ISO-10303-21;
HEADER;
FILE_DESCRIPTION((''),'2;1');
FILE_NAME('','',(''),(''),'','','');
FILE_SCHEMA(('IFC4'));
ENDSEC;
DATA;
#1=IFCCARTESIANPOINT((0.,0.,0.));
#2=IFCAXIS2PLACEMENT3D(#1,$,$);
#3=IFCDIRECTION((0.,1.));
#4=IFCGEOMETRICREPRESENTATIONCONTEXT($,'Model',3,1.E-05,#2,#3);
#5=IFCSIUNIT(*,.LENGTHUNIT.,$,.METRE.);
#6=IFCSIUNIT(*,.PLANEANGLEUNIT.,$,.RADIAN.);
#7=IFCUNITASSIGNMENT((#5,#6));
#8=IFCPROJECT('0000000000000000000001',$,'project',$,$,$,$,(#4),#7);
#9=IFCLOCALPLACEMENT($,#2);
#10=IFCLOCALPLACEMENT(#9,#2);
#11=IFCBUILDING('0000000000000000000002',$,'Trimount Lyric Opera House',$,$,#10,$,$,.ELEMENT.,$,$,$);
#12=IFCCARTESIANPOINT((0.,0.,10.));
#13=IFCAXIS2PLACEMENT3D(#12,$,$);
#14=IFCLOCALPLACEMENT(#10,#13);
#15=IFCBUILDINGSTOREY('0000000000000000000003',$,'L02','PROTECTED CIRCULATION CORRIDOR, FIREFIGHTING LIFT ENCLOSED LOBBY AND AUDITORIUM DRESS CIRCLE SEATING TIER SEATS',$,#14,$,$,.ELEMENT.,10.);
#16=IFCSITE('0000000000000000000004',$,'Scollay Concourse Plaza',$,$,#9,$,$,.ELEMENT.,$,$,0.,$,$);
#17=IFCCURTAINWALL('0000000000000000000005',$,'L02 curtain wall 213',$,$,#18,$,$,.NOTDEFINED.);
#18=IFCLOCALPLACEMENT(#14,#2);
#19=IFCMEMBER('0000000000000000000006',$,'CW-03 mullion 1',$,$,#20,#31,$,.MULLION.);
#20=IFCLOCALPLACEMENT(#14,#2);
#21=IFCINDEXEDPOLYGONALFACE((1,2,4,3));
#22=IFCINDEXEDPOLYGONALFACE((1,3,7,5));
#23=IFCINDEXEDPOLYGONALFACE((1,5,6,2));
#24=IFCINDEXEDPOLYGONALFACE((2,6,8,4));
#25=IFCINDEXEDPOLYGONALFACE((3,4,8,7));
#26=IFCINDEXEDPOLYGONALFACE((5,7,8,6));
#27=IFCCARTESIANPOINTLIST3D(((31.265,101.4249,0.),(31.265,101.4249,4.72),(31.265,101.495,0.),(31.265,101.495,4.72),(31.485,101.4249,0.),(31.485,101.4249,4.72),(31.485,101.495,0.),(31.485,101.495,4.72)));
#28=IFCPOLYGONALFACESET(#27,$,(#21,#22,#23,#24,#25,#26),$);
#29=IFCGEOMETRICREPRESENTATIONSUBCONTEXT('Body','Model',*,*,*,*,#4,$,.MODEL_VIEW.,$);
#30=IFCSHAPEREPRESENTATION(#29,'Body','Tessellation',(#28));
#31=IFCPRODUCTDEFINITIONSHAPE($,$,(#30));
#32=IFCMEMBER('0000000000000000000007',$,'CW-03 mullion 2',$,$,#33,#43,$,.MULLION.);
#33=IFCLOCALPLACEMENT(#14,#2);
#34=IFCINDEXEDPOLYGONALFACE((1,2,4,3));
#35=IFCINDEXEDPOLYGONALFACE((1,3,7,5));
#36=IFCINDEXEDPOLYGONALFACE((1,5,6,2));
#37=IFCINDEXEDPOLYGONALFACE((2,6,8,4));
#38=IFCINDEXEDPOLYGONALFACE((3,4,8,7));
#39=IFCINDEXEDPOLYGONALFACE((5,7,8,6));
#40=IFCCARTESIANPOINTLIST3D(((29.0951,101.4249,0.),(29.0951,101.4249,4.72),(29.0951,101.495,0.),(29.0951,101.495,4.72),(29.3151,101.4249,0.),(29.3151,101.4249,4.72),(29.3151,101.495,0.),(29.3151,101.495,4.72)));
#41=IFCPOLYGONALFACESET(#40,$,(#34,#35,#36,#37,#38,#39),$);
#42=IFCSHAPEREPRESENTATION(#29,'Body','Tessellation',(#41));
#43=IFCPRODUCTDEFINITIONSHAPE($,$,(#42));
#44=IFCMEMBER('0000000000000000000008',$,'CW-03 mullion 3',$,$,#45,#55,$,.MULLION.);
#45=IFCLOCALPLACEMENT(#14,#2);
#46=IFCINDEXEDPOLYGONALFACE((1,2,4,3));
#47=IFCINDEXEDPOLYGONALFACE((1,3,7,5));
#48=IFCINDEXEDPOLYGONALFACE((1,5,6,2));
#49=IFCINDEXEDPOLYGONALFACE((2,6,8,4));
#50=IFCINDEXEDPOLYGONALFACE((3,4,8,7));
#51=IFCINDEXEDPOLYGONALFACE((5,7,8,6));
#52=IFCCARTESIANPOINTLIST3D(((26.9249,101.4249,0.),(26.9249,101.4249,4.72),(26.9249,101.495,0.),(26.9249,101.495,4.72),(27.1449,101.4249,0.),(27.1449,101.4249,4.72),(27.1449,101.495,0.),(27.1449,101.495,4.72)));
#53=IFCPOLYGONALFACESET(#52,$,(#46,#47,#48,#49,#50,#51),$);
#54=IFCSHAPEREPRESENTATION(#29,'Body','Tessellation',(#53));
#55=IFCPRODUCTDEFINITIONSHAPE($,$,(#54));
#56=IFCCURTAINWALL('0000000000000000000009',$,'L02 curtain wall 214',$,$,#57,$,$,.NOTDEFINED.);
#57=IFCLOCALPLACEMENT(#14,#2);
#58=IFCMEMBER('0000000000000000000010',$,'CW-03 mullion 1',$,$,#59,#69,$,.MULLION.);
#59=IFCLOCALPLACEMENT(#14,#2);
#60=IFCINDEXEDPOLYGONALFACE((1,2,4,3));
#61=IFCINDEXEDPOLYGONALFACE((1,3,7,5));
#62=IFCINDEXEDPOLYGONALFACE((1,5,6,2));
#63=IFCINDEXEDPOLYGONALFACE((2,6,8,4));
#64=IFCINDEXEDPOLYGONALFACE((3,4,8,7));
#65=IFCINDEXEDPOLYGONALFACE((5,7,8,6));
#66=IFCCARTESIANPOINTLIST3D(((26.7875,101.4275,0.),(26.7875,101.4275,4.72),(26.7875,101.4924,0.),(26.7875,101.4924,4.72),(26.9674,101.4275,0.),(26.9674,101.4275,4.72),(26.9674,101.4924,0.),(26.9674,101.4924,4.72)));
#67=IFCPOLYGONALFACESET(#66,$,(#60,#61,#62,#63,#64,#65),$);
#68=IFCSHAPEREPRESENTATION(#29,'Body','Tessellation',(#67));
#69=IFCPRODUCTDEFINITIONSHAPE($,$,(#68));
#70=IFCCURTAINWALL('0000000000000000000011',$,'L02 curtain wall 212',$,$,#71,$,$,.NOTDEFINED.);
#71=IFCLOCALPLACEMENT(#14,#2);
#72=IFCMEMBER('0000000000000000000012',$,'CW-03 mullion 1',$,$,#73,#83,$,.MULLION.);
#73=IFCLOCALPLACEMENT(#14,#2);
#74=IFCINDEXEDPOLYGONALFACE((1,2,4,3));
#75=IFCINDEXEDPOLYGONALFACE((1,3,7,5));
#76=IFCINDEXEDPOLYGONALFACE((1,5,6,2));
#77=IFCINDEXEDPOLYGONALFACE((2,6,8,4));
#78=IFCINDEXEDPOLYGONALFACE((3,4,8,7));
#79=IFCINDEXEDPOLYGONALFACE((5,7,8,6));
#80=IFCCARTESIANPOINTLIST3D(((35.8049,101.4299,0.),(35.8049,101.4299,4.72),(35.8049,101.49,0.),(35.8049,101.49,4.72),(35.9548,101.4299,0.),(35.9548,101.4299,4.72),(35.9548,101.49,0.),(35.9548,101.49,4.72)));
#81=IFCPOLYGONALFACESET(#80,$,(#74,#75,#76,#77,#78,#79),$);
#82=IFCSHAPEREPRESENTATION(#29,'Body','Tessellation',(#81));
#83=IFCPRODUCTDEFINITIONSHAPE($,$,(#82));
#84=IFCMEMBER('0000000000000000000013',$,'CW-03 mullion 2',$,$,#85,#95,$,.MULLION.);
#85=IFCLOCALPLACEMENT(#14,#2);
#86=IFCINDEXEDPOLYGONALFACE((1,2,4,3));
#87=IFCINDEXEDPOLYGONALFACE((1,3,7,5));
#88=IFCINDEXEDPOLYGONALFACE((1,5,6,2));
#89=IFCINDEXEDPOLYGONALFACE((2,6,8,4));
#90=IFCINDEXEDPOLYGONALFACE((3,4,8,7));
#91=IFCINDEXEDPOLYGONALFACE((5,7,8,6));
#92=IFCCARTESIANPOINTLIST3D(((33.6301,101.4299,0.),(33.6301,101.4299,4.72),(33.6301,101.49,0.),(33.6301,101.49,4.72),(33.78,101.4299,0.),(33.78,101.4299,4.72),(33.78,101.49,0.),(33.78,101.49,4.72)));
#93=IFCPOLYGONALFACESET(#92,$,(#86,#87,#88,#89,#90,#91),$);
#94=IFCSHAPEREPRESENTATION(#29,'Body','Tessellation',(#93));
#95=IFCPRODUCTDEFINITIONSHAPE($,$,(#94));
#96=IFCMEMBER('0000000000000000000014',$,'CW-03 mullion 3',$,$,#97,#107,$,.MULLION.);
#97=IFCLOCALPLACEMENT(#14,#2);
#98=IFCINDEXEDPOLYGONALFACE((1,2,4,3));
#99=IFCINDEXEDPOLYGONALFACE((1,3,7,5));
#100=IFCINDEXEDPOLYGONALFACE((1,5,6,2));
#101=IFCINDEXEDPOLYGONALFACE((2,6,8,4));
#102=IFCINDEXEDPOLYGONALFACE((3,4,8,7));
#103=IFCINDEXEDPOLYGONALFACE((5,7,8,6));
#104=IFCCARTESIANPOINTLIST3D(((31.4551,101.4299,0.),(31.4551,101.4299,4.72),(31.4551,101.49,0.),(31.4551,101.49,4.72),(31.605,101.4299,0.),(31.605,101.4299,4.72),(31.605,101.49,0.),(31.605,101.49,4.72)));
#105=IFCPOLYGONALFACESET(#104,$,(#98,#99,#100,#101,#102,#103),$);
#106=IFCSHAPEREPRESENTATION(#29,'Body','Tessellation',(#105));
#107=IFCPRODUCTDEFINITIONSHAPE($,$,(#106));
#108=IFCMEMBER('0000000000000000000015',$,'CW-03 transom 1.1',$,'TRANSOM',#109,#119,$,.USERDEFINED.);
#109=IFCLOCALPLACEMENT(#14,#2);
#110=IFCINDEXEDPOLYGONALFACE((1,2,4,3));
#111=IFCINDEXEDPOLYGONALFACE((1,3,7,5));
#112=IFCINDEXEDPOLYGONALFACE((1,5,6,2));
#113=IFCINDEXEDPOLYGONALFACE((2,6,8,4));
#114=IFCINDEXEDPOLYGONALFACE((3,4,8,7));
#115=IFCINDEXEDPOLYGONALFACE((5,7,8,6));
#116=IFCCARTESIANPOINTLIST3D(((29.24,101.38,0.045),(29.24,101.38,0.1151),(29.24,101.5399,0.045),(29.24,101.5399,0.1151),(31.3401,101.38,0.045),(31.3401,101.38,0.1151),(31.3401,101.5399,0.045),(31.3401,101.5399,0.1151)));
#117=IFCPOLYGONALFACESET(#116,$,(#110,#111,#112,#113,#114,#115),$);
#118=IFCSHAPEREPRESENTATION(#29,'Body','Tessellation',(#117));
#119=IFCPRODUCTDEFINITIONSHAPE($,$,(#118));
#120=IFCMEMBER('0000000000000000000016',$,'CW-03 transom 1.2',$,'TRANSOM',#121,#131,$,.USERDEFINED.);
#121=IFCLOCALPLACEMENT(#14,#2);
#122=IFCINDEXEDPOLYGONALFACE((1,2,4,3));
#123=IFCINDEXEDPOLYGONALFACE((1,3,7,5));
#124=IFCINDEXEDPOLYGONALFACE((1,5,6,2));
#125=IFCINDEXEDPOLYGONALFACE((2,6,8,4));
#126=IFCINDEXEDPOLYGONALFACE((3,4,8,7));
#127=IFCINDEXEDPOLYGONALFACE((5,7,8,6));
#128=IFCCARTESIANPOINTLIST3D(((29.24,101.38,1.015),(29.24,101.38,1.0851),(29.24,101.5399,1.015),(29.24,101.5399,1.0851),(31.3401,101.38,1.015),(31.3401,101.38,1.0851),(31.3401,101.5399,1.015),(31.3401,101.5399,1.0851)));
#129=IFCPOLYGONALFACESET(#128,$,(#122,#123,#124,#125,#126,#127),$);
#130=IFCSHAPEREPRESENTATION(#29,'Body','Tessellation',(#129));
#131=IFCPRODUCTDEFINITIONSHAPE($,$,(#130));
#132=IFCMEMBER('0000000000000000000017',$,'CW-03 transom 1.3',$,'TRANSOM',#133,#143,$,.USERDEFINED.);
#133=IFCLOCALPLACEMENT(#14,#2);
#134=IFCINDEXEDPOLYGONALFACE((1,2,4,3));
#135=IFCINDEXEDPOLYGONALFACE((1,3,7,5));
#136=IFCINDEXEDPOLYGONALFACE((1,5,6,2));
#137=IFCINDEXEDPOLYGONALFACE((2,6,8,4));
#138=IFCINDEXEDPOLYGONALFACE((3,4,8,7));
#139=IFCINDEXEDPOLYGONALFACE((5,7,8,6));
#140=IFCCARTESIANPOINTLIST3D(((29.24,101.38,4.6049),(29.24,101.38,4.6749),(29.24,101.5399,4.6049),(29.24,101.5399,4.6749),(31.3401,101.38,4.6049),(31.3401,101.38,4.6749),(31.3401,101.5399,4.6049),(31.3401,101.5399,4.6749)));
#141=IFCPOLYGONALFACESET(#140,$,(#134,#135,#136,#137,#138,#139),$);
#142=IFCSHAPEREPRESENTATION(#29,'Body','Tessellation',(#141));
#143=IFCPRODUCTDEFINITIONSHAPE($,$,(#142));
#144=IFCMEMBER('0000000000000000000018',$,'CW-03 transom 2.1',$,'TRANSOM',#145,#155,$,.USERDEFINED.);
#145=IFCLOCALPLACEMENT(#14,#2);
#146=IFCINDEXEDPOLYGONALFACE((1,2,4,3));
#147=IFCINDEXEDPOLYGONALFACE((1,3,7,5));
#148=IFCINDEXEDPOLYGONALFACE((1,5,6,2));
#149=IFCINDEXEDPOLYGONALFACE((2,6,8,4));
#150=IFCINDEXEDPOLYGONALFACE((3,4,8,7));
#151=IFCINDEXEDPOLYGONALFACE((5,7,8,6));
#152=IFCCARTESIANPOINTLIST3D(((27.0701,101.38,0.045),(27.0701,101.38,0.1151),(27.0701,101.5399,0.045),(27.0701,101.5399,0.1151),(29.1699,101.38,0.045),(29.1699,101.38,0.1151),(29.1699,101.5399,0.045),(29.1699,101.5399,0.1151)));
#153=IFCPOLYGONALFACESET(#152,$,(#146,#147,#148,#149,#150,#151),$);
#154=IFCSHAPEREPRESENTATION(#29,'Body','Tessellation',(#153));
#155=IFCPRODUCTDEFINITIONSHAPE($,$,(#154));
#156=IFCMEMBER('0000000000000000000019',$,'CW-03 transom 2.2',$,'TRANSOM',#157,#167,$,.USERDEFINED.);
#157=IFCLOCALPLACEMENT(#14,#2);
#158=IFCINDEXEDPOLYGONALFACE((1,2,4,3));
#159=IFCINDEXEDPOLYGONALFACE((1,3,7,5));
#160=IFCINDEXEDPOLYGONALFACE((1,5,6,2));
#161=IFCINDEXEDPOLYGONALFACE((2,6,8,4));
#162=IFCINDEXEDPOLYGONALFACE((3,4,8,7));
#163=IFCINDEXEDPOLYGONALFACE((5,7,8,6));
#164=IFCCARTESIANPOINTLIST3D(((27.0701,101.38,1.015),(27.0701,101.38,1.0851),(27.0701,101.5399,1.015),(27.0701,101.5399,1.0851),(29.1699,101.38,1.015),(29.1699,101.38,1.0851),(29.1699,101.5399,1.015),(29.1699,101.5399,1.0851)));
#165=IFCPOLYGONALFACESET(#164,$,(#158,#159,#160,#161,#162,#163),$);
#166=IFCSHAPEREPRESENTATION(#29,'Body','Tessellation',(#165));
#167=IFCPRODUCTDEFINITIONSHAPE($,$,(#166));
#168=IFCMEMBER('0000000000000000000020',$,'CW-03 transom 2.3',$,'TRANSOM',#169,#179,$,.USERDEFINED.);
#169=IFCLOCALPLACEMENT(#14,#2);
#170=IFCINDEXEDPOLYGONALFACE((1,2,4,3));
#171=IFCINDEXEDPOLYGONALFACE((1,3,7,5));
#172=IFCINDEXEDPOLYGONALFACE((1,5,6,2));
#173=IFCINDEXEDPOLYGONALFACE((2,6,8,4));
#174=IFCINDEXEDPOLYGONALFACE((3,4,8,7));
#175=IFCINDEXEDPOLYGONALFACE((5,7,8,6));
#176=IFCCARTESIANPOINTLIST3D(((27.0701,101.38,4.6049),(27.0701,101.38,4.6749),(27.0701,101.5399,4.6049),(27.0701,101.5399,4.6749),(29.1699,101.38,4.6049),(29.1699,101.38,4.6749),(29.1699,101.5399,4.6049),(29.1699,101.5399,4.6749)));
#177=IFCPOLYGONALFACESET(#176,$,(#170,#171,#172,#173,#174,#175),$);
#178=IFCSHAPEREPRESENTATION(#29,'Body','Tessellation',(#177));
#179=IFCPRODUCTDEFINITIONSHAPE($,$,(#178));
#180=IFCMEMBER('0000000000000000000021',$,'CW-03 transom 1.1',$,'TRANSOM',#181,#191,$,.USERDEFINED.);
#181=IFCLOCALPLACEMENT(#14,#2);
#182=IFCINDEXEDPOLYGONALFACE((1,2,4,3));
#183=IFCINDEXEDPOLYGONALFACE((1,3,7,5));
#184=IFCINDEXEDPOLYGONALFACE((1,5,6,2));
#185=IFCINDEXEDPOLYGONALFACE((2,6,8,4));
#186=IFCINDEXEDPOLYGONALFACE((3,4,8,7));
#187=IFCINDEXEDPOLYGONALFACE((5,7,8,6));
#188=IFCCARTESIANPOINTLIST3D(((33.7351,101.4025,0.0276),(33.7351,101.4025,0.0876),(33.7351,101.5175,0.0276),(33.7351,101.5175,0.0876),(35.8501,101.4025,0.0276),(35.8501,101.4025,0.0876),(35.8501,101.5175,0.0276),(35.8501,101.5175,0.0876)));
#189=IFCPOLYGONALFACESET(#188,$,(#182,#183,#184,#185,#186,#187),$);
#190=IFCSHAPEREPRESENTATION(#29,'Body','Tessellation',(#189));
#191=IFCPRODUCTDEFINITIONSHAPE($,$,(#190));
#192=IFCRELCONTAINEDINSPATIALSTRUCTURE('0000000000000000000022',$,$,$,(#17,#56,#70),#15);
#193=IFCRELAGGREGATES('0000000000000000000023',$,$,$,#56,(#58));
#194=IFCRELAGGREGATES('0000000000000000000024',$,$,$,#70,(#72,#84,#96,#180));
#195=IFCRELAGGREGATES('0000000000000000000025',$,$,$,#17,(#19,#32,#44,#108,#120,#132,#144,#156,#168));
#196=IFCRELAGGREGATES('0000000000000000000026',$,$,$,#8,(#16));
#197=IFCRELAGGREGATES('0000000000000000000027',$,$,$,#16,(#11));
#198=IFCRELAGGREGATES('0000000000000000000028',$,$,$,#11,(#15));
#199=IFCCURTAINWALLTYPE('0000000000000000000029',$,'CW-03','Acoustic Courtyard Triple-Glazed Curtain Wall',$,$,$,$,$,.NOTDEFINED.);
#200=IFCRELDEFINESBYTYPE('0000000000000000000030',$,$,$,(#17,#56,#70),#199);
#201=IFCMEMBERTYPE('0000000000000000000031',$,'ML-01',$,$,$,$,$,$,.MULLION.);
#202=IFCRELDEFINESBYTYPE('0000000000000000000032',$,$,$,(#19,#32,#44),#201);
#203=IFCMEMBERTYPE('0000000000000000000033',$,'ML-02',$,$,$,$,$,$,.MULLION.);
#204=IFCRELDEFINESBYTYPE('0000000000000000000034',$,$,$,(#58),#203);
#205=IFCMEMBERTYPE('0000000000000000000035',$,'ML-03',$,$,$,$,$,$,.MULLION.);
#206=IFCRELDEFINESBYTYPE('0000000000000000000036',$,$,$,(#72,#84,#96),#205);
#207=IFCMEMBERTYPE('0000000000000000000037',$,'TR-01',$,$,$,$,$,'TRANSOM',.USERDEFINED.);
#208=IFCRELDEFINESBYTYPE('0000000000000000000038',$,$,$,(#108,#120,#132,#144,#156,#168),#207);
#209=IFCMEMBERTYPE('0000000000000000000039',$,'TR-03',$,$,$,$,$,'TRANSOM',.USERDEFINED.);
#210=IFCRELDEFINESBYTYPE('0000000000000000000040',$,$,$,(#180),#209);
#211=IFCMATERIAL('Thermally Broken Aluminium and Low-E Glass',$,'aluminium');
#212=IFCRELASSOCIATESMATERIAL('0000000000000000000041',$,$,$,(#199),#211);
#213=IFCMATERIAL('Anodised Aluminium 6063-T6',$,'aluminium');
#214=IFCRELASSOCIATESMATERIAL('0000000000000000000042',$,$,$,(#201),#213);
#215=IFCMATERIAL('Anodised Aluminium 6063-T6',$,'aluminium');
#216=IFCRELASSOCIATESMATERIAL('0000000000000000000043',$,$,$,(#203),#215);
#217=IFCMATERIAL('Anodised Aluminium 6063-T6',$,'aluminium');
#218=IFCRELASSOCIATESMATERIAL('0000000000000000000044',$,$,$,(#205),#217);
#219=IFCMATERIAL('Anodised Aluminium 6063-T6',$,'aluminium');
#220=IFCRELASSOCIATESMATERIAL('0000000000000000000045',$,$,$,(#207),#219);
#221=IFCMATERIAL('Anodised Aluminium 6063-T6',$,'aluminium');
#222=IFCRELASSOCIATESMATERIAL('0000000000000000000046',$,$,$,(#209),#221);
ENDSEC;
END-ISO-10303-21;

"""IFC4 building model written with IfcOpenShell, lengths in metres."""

from ifc_helpers import new_model, si_unit, direction, frame, origin, origin_2d, place, context, subcontext, project, spatial, rectangle, extrude, material, material_profile, profile_set, type_object, element, aggregate, save


model = new_model("IFC4")

# Units and contexts
model_context = context("Model", 3, precision=1e-05, world=origin(), true_north=direction((0.0, 1.0)))
body_context = subcontext(model_context, "Body", "Model", "MODEL_VIEW")
ifc_project = project(units=[si_unit("LENGTHUNIT", "METRE"), si_unit("PLANEANGLEUNIT", "RADIAN")], contexts=[model_context])

# Site, building, storey
site_placement = place(None, origin())
site = spatial("IfcSite", under=ifc_project, at=site_placement, Name="Scollay Concourse Plaza", CompositionType="ELEMENT", RefElevation=0.0)
building_placement = place(site_placement, origin())
building = spatial("IfcBuilding", under=site, at=building_placement, Name="Trimount Lyric Opera House", CompositionType="ELEMENT")
storey_placement = place(building_placement, frame((0.0, 0.0, 10.0)))
storey = spatial("IfcBuildingStorey", under=building, at=storey_placement, Name="L02", Description="PROTECTED CIRCULATION CORRIDOR, FIREFIGHTING LIFT ENCLOSED LOBBY AND AUDITORIUM DRESS CIRCLE SEATING TIER SEATS", CompositionType="ELEMENT", Elevation=10.0)

# Curtain wall, members
ifc_material_1 = material(Name="Thermally Broken Aluminium and Low-E Glass", Category="aluminium")
curtain_wall_type = type_object("IfcCurtainWallType", Name="CW-03", Description="Acoustic Courtyard Triple-Glazed Curtain Wall", PredefinedType="NOTDEFINED", material=ifc_material_1)
curtain_wall_1_placement = place(storey_placement, origin())
curtain_wall_1 = element("IfcCurtainWall", 1, at=curtain_wall_1_placement, inside=storey, type_object=curtain_wall_type, Name="L02 curtain wall 213", PredefinedType="NOTDEFINED")
ifc_material_2 = material(Name="Anodised Aluminium 6063-T6", Category="aluminium")
ifc_material_profile_1 = material_profile(ifc_material_2, rectangle(XDim=0.0701, YDim=0.22, at=origin_2d()), Name="ALU-MULL-70X220")
ifc_profile_set_1 = profile_set([ifc_material_profile_1], Name="Anodised Aluminium 6063-T6")
member_type_1 = type_object("IfcMemberType", Name="ML-01", PredefinedType="MULLION", material=ifc_profile_set_1)
member_1_placement = place(storey_placement, frame((31.375, 101.46, 0.0), z_axis=(0.0, 0.0, 1.0), x_axis=(0.0, -1.0, 0.0)))
member_1 = element("IfcMember", 2, at=member_1_placement, type_object=member_type_1, Name="CW-03 mullion 1", PredefinedType="MULLION", context=body_context, shape_type="SweptSolid", body=[
    extrude(rectangle(XDim=0.0701, YDim=0.22, at=origin_2d()), origin(), (0.0, 0.0, 1.0), 4.72),
])
member_2_placement = place(storey_placement, frame((29.2051, 101.46, 0.0), z_axis=(0.0, 0.0, 1.0), x_axis=(0.0, -1.0, 0.0)))
member_2 = element("IfcMember", 3, at=member_2_placement, type_object=member_type_1, Name="CW-03 mullion 2", PredefinedType="MULLION", context=body_context, shape_type="SweptSolid", body=[
    extrude(rectangle(XDim=0.0701, YDim=0.22, at=origin_2d()), origin(), (0.0, 0.0, 1.0), 4.72),
])
member_3_placement = place(storey_placement, frame((27.0349, 101.46, 0.0), z_axis=(0.0, 0.0, 1.0), x_axis=(0.0, -1.0, 0.0)))
member_3 = element("IfcMember", 4, at=member_3_placement, type_object=member_type_1, Name="CW-03 mullion 3", PredefinedType="MULLION", context=body_context, shape_type="SweptSolid", body=[
    extrude(rectangle(XDim=0.0701, YDim=0.22, at=origin_2d()), origin(), (0.0, 0.0, 1.0), 4.72),
])

# Curtain wall, member
curtain_wall_2_placement = place(storey_placement, origin())
curtain_wall_2 = element("IfcCurtainWall", 5, at=curtain_wall_2_placement, inside=storey, type_object=curtain_wall_type, Name="L02 curtain wall 214", PredefinedType="NOTDEFINED")
ifc_material_3 = material(Name="Anodised Aluminium 6063-T6", Category="aluminium")
ifc_material_profile_2 = material_profile(ifc_material_3, rectangle(XDim=0.0649, YDim=0.1799, at=origin_2d()), Name="ALU-MULL-65X180")
ifc_profile_set_2 = profile_set([ifc_material_profile_2], Name="Anodised Aluminium 6063-T6")
member_type_2 = type_object("IfcMemberType", Name="ML-02", PredefinedType="MULLION", material=ifc_profile_set_2)
member_4_placement = place(storey_placement, frame((26.8774, 101.46, 0.0), z_axis=(0.0, 0.0, 1.0), x_axis=(0.0, -1.0, 0.0)))
member_4 = element("IfcMember", 6, at=member_4_placement, type_object=member_type_2, Name="CW-03 mullion 1", PredefinedType="MULLION", context=body_context, shape_type="SweptSolid", body=[
    extrude(rectangle(XDim=0.0649, YDim=0.1799, at=origin_2d()), origin(), (0.0, 0.0, 1.0), 4.72),
])
aggregate(curtain_wall_2, [member_4])

# Curtain wall, members
curtain_wall_3_placement = place(storey_placement, origin())
curtain_wall_3 = element("IfcCurtainWall", 7, at=curtain_wall_3_placement, inside=storey, type_object=curtain_wall_type, Name="L02 curtain wall 212", PredefinedType="NOTDEFINED")
ifc_material_4 = material(Name="Anodised Aluminium 6063-T6", Category="aluminium")
ifc_material_profile_3 = material_profile(ifc_material_4, rectangle(XDim=0.0601, YDim=0.1499, at=origin_2d()), Name="ALU-MULL-60X150")
ifc_profile_set_3 = profile_set([ifc_material_profile_3], Name="Anodised Aluminium 6063-T6")
member_type_3 = type_object("IfcMemberType", Name="ML-03", PredefinedType="MULLION", material=ifc_profile_set_3)
member_5_placement = place(storey_placement, frame((35.8799, 101.46, 0.0), z_axis=(0.0, 0.0, 1.0), x_axis=(0.0, -1.0, 0.0)))
member_5 = element("IfcMember", 8, at=member_5_placement, type_object=member_type_3, Name="CW-03 mullion 1", PredefinedType="MULLION", context=body_context, shape_type="SweptSolid", body=[
    extrude(rectangle(XDim=0.0601, YDim=0.1499, at=origin_2d()), origin(), (0.0, 0.0, 1.0), 4.72),
])
member_6_placement = place(storey_placement, frame((33.7051, 101.46, 0.0), z_axis=(0.0, 0.0, 1.0), x_axis=(0.0, -1.0, 0.0)))
member_6 = element("IfcMember", 9, at=member_6_placement, type_object=member_type_3, Name="CW-03 mullion 2", PredefinedType="MULLION", context=body_context, shape_type="SweptSolid", body=[
    extrude(rectangle(XDim=0.0601, YDim=0.1499, at=origin_2d()), origin(), (0.0, 0.0, 1.0), 4.72),
])
member_7_placement = place(storey_placement, frame((31.53, 101.46, 0.0), z_axis=(0.0, 0.0, 1.0), x_axis=(0.0, -1.0, 0.0)))
member_7 = element("IfcMember", 10, at=member_7_placement, type_object=member_type_3, Name="CW-03 mullion 3", PredefinedType="MULLION", context=body_context, shape_type="SweptSolid", body=[
    extrude(rectangle(XDim=0.0601, YDim=0.1499, at=origin_2d()), origin(), (0.0, 0.0, 1.0), 4.72),
])

# Members
ifc_material_5 = material(Name="Anodised Aluminium 6063-T6", Category="aluminium")
ifc_material_profile_4 = material_profile(ifc_material_5, rectangle(XDim=0.1599, YDim=0.0701, at=origin_2d()), Name="ALU-TRAN-70X160")
ifc_profile_set_4 = profile_set([ifc_material_profile_4], Name="Anodised Aluminium 6063-T6")
member_type_4 = type_object("IfcMemberType", Name="TR-01", ElementType="TRANSOM", PredefinedType="USERDEFINED", material=ifc_profile_set_4)
member_8_placement = place(storey_placement, frame((31.3401, 101.46, 0.0801), z_axis=(-1.0, 0.0, 0.0), x_axis=(0.0, -1.0, 0.0)))
member_8 = element("IfcMember", 11, at=member_8_placement, type_object=member_type_4, Name="CW-03 transom 1.1", ObjectType="TRANSOM", PredefinedType="USERDEFINED", context=body_context, shape_type="SweptSolid", body=[
    extrude(rectangle(XDim=0.1599, YDim=0.0701, at=origin_2d()), origin(), (0.0, 0.0, 1.0), 2.1001),
])
member_9_placement = place(storey_placement, frame((31.3401, 101.46, 1.05), z_axis=(-1.0, 0.0, 0.0), x_axis=(0.0, -1.0, 0.0)))
member_9 = element("IfcMember", 12, at=member_9_placement, type_object=member_type_4, Name="CW-03 transom 1.2", ObjectType="TRANSOM", PredefinedType="USERDEFINED", context=body_context, shape_type="SweptSolid", body=[
    extrude(rectangle(XDim=0.1599, YDim=0.0701, at=origin_2d()), origin(), (0.0, 0.0, 1.0), 2.1001),
])
member_10_placement = place(storey_placement, frame((31.3401, 101.46, 4.6399), z_axis=(-1.0, 0.0, 0.0), x_axis=(0.0, -1.0, 0.0)))
member_10 = element("IfcMember", 13, at=member_10_placement, type_object=member_type_4, Name="CW-03 transom 1.3", ObjectType="TRANSOM", PredefinedType="USERDEFINED", context=body_context, shape_type="SweptSolid", body=[
    extrude(rectangle(XDim=0.1599, YDim=0.0701, at=origin_2d()), origin(), (0.0, 0.0, 1.0), 2.1001),
])
member_11_placement = place(storey_placement, frame((29.1699, 101.46, 0.0801), z_axis=(-1.0, 0.0, 0.0), x_axis=(0.0, -1.0, 0.0)))
member_11 = element("IfcMember", 14, at=member_11_placement, type_object=member_type_4, Name="CW-03 transom 2.1", ObjectType="TRANSOM", PredefinedType="USERDEFINED", context=body_context, shape_type="SweptSolid", body=[
    extrude(rectangle(XDim=0.1599, YDim=0.0701, at=origin_2d()), origin(), (0.0, 0.0, 1.0), 2.0999),
])
member_12_placement = place(storey_placement, frame((29.1699, 101.46, 1.05), z_axis=(-1.0, 0.0, 0.0), x_axis=(0.0, -1.0, 0.0)))
member_12 = element("IfcMember", 15, at=member_12_placement, type_object=member_type_4, Name="CW-03 transom 2.2", ObjectType="TRANSOM", PredefinedType="USERDEFINED", context=body_context, shape_type="SweptSolid", body=[
    extrude(rectangle(XDim=0.1599, YDim=0.0701, at=origin_2d()), origin(), (0.0, 0.0, 1.0), 2.0999),
])
member_13_placement = place(storey_placement, frame((29.1699, 101.46, 4.6399), z_axis=(-1.0, 0.0, 0.0), x_axis=(0.0, -1.0, 0.0)))
member_13 = element("IfcMember", 16, at=member_13_placement, type_object=member_type_4, Name="CW-03 transom 2.3", ObjectType="TRANSOM", PredefinedType="USERDEFINED", context=body_context, shape_type="SweptSolid", body=[
    extrude(rectangle(XDim=0.1599, YDim=0.0701, at=origin_2d()), origin(), (0.0, 0.0, 1.0), 2.0999),
])
ifc_material_6 = material(Name="Anodised Aluminium 6063-T6", Category="aluminium")
ifc_material_profile_5 = material_profile(ifc_material_6, rectangle(XDim=0.115, YDim=0.0601, at=origin_2d()), Name="ALU-TRAN-60X115")
ifc_profile_set_5 = profile_set([ifc_material_profile_5], Name="Anodised Aluminium 6063-T6")
member_type_5 = type_object("IfcMemberType", Name="TR-03", ElementType="TRANSOM", PredefinedType="USERDEFINED", material=ifc_profile_set_5)
member_14_placement = place(storey_placement, frame((35.8501, 101.46, 0.0576), z_axis=(-1.0, 0.0, 0.0), x_axis=(0.0, -1.0, 0.0)))
member_14 = element("IfcMember", 17, at=member_14_placement, type_object=member_type_5, Name="CW-03 transom 1.1", ObjectType="TRANSOM", PredefinedType="USERDEFINED", context=body_context, shape_type="SweptSolid", body=[
    extrude(rectangle(XDim=0.115, YDim=0.0601, at=origin_2d()), origin(), (0.0, 0.0, 1.0), 2.115),
])

aggregate(curtain_wall_3, [member_5, member_6, member_7, member_14])
aggregate(curtain_wall_1, [member_1, member_2, member_3, member_8, member_9, member_10, member_11, member_12, member_13])

save(model, "model.ifc")
